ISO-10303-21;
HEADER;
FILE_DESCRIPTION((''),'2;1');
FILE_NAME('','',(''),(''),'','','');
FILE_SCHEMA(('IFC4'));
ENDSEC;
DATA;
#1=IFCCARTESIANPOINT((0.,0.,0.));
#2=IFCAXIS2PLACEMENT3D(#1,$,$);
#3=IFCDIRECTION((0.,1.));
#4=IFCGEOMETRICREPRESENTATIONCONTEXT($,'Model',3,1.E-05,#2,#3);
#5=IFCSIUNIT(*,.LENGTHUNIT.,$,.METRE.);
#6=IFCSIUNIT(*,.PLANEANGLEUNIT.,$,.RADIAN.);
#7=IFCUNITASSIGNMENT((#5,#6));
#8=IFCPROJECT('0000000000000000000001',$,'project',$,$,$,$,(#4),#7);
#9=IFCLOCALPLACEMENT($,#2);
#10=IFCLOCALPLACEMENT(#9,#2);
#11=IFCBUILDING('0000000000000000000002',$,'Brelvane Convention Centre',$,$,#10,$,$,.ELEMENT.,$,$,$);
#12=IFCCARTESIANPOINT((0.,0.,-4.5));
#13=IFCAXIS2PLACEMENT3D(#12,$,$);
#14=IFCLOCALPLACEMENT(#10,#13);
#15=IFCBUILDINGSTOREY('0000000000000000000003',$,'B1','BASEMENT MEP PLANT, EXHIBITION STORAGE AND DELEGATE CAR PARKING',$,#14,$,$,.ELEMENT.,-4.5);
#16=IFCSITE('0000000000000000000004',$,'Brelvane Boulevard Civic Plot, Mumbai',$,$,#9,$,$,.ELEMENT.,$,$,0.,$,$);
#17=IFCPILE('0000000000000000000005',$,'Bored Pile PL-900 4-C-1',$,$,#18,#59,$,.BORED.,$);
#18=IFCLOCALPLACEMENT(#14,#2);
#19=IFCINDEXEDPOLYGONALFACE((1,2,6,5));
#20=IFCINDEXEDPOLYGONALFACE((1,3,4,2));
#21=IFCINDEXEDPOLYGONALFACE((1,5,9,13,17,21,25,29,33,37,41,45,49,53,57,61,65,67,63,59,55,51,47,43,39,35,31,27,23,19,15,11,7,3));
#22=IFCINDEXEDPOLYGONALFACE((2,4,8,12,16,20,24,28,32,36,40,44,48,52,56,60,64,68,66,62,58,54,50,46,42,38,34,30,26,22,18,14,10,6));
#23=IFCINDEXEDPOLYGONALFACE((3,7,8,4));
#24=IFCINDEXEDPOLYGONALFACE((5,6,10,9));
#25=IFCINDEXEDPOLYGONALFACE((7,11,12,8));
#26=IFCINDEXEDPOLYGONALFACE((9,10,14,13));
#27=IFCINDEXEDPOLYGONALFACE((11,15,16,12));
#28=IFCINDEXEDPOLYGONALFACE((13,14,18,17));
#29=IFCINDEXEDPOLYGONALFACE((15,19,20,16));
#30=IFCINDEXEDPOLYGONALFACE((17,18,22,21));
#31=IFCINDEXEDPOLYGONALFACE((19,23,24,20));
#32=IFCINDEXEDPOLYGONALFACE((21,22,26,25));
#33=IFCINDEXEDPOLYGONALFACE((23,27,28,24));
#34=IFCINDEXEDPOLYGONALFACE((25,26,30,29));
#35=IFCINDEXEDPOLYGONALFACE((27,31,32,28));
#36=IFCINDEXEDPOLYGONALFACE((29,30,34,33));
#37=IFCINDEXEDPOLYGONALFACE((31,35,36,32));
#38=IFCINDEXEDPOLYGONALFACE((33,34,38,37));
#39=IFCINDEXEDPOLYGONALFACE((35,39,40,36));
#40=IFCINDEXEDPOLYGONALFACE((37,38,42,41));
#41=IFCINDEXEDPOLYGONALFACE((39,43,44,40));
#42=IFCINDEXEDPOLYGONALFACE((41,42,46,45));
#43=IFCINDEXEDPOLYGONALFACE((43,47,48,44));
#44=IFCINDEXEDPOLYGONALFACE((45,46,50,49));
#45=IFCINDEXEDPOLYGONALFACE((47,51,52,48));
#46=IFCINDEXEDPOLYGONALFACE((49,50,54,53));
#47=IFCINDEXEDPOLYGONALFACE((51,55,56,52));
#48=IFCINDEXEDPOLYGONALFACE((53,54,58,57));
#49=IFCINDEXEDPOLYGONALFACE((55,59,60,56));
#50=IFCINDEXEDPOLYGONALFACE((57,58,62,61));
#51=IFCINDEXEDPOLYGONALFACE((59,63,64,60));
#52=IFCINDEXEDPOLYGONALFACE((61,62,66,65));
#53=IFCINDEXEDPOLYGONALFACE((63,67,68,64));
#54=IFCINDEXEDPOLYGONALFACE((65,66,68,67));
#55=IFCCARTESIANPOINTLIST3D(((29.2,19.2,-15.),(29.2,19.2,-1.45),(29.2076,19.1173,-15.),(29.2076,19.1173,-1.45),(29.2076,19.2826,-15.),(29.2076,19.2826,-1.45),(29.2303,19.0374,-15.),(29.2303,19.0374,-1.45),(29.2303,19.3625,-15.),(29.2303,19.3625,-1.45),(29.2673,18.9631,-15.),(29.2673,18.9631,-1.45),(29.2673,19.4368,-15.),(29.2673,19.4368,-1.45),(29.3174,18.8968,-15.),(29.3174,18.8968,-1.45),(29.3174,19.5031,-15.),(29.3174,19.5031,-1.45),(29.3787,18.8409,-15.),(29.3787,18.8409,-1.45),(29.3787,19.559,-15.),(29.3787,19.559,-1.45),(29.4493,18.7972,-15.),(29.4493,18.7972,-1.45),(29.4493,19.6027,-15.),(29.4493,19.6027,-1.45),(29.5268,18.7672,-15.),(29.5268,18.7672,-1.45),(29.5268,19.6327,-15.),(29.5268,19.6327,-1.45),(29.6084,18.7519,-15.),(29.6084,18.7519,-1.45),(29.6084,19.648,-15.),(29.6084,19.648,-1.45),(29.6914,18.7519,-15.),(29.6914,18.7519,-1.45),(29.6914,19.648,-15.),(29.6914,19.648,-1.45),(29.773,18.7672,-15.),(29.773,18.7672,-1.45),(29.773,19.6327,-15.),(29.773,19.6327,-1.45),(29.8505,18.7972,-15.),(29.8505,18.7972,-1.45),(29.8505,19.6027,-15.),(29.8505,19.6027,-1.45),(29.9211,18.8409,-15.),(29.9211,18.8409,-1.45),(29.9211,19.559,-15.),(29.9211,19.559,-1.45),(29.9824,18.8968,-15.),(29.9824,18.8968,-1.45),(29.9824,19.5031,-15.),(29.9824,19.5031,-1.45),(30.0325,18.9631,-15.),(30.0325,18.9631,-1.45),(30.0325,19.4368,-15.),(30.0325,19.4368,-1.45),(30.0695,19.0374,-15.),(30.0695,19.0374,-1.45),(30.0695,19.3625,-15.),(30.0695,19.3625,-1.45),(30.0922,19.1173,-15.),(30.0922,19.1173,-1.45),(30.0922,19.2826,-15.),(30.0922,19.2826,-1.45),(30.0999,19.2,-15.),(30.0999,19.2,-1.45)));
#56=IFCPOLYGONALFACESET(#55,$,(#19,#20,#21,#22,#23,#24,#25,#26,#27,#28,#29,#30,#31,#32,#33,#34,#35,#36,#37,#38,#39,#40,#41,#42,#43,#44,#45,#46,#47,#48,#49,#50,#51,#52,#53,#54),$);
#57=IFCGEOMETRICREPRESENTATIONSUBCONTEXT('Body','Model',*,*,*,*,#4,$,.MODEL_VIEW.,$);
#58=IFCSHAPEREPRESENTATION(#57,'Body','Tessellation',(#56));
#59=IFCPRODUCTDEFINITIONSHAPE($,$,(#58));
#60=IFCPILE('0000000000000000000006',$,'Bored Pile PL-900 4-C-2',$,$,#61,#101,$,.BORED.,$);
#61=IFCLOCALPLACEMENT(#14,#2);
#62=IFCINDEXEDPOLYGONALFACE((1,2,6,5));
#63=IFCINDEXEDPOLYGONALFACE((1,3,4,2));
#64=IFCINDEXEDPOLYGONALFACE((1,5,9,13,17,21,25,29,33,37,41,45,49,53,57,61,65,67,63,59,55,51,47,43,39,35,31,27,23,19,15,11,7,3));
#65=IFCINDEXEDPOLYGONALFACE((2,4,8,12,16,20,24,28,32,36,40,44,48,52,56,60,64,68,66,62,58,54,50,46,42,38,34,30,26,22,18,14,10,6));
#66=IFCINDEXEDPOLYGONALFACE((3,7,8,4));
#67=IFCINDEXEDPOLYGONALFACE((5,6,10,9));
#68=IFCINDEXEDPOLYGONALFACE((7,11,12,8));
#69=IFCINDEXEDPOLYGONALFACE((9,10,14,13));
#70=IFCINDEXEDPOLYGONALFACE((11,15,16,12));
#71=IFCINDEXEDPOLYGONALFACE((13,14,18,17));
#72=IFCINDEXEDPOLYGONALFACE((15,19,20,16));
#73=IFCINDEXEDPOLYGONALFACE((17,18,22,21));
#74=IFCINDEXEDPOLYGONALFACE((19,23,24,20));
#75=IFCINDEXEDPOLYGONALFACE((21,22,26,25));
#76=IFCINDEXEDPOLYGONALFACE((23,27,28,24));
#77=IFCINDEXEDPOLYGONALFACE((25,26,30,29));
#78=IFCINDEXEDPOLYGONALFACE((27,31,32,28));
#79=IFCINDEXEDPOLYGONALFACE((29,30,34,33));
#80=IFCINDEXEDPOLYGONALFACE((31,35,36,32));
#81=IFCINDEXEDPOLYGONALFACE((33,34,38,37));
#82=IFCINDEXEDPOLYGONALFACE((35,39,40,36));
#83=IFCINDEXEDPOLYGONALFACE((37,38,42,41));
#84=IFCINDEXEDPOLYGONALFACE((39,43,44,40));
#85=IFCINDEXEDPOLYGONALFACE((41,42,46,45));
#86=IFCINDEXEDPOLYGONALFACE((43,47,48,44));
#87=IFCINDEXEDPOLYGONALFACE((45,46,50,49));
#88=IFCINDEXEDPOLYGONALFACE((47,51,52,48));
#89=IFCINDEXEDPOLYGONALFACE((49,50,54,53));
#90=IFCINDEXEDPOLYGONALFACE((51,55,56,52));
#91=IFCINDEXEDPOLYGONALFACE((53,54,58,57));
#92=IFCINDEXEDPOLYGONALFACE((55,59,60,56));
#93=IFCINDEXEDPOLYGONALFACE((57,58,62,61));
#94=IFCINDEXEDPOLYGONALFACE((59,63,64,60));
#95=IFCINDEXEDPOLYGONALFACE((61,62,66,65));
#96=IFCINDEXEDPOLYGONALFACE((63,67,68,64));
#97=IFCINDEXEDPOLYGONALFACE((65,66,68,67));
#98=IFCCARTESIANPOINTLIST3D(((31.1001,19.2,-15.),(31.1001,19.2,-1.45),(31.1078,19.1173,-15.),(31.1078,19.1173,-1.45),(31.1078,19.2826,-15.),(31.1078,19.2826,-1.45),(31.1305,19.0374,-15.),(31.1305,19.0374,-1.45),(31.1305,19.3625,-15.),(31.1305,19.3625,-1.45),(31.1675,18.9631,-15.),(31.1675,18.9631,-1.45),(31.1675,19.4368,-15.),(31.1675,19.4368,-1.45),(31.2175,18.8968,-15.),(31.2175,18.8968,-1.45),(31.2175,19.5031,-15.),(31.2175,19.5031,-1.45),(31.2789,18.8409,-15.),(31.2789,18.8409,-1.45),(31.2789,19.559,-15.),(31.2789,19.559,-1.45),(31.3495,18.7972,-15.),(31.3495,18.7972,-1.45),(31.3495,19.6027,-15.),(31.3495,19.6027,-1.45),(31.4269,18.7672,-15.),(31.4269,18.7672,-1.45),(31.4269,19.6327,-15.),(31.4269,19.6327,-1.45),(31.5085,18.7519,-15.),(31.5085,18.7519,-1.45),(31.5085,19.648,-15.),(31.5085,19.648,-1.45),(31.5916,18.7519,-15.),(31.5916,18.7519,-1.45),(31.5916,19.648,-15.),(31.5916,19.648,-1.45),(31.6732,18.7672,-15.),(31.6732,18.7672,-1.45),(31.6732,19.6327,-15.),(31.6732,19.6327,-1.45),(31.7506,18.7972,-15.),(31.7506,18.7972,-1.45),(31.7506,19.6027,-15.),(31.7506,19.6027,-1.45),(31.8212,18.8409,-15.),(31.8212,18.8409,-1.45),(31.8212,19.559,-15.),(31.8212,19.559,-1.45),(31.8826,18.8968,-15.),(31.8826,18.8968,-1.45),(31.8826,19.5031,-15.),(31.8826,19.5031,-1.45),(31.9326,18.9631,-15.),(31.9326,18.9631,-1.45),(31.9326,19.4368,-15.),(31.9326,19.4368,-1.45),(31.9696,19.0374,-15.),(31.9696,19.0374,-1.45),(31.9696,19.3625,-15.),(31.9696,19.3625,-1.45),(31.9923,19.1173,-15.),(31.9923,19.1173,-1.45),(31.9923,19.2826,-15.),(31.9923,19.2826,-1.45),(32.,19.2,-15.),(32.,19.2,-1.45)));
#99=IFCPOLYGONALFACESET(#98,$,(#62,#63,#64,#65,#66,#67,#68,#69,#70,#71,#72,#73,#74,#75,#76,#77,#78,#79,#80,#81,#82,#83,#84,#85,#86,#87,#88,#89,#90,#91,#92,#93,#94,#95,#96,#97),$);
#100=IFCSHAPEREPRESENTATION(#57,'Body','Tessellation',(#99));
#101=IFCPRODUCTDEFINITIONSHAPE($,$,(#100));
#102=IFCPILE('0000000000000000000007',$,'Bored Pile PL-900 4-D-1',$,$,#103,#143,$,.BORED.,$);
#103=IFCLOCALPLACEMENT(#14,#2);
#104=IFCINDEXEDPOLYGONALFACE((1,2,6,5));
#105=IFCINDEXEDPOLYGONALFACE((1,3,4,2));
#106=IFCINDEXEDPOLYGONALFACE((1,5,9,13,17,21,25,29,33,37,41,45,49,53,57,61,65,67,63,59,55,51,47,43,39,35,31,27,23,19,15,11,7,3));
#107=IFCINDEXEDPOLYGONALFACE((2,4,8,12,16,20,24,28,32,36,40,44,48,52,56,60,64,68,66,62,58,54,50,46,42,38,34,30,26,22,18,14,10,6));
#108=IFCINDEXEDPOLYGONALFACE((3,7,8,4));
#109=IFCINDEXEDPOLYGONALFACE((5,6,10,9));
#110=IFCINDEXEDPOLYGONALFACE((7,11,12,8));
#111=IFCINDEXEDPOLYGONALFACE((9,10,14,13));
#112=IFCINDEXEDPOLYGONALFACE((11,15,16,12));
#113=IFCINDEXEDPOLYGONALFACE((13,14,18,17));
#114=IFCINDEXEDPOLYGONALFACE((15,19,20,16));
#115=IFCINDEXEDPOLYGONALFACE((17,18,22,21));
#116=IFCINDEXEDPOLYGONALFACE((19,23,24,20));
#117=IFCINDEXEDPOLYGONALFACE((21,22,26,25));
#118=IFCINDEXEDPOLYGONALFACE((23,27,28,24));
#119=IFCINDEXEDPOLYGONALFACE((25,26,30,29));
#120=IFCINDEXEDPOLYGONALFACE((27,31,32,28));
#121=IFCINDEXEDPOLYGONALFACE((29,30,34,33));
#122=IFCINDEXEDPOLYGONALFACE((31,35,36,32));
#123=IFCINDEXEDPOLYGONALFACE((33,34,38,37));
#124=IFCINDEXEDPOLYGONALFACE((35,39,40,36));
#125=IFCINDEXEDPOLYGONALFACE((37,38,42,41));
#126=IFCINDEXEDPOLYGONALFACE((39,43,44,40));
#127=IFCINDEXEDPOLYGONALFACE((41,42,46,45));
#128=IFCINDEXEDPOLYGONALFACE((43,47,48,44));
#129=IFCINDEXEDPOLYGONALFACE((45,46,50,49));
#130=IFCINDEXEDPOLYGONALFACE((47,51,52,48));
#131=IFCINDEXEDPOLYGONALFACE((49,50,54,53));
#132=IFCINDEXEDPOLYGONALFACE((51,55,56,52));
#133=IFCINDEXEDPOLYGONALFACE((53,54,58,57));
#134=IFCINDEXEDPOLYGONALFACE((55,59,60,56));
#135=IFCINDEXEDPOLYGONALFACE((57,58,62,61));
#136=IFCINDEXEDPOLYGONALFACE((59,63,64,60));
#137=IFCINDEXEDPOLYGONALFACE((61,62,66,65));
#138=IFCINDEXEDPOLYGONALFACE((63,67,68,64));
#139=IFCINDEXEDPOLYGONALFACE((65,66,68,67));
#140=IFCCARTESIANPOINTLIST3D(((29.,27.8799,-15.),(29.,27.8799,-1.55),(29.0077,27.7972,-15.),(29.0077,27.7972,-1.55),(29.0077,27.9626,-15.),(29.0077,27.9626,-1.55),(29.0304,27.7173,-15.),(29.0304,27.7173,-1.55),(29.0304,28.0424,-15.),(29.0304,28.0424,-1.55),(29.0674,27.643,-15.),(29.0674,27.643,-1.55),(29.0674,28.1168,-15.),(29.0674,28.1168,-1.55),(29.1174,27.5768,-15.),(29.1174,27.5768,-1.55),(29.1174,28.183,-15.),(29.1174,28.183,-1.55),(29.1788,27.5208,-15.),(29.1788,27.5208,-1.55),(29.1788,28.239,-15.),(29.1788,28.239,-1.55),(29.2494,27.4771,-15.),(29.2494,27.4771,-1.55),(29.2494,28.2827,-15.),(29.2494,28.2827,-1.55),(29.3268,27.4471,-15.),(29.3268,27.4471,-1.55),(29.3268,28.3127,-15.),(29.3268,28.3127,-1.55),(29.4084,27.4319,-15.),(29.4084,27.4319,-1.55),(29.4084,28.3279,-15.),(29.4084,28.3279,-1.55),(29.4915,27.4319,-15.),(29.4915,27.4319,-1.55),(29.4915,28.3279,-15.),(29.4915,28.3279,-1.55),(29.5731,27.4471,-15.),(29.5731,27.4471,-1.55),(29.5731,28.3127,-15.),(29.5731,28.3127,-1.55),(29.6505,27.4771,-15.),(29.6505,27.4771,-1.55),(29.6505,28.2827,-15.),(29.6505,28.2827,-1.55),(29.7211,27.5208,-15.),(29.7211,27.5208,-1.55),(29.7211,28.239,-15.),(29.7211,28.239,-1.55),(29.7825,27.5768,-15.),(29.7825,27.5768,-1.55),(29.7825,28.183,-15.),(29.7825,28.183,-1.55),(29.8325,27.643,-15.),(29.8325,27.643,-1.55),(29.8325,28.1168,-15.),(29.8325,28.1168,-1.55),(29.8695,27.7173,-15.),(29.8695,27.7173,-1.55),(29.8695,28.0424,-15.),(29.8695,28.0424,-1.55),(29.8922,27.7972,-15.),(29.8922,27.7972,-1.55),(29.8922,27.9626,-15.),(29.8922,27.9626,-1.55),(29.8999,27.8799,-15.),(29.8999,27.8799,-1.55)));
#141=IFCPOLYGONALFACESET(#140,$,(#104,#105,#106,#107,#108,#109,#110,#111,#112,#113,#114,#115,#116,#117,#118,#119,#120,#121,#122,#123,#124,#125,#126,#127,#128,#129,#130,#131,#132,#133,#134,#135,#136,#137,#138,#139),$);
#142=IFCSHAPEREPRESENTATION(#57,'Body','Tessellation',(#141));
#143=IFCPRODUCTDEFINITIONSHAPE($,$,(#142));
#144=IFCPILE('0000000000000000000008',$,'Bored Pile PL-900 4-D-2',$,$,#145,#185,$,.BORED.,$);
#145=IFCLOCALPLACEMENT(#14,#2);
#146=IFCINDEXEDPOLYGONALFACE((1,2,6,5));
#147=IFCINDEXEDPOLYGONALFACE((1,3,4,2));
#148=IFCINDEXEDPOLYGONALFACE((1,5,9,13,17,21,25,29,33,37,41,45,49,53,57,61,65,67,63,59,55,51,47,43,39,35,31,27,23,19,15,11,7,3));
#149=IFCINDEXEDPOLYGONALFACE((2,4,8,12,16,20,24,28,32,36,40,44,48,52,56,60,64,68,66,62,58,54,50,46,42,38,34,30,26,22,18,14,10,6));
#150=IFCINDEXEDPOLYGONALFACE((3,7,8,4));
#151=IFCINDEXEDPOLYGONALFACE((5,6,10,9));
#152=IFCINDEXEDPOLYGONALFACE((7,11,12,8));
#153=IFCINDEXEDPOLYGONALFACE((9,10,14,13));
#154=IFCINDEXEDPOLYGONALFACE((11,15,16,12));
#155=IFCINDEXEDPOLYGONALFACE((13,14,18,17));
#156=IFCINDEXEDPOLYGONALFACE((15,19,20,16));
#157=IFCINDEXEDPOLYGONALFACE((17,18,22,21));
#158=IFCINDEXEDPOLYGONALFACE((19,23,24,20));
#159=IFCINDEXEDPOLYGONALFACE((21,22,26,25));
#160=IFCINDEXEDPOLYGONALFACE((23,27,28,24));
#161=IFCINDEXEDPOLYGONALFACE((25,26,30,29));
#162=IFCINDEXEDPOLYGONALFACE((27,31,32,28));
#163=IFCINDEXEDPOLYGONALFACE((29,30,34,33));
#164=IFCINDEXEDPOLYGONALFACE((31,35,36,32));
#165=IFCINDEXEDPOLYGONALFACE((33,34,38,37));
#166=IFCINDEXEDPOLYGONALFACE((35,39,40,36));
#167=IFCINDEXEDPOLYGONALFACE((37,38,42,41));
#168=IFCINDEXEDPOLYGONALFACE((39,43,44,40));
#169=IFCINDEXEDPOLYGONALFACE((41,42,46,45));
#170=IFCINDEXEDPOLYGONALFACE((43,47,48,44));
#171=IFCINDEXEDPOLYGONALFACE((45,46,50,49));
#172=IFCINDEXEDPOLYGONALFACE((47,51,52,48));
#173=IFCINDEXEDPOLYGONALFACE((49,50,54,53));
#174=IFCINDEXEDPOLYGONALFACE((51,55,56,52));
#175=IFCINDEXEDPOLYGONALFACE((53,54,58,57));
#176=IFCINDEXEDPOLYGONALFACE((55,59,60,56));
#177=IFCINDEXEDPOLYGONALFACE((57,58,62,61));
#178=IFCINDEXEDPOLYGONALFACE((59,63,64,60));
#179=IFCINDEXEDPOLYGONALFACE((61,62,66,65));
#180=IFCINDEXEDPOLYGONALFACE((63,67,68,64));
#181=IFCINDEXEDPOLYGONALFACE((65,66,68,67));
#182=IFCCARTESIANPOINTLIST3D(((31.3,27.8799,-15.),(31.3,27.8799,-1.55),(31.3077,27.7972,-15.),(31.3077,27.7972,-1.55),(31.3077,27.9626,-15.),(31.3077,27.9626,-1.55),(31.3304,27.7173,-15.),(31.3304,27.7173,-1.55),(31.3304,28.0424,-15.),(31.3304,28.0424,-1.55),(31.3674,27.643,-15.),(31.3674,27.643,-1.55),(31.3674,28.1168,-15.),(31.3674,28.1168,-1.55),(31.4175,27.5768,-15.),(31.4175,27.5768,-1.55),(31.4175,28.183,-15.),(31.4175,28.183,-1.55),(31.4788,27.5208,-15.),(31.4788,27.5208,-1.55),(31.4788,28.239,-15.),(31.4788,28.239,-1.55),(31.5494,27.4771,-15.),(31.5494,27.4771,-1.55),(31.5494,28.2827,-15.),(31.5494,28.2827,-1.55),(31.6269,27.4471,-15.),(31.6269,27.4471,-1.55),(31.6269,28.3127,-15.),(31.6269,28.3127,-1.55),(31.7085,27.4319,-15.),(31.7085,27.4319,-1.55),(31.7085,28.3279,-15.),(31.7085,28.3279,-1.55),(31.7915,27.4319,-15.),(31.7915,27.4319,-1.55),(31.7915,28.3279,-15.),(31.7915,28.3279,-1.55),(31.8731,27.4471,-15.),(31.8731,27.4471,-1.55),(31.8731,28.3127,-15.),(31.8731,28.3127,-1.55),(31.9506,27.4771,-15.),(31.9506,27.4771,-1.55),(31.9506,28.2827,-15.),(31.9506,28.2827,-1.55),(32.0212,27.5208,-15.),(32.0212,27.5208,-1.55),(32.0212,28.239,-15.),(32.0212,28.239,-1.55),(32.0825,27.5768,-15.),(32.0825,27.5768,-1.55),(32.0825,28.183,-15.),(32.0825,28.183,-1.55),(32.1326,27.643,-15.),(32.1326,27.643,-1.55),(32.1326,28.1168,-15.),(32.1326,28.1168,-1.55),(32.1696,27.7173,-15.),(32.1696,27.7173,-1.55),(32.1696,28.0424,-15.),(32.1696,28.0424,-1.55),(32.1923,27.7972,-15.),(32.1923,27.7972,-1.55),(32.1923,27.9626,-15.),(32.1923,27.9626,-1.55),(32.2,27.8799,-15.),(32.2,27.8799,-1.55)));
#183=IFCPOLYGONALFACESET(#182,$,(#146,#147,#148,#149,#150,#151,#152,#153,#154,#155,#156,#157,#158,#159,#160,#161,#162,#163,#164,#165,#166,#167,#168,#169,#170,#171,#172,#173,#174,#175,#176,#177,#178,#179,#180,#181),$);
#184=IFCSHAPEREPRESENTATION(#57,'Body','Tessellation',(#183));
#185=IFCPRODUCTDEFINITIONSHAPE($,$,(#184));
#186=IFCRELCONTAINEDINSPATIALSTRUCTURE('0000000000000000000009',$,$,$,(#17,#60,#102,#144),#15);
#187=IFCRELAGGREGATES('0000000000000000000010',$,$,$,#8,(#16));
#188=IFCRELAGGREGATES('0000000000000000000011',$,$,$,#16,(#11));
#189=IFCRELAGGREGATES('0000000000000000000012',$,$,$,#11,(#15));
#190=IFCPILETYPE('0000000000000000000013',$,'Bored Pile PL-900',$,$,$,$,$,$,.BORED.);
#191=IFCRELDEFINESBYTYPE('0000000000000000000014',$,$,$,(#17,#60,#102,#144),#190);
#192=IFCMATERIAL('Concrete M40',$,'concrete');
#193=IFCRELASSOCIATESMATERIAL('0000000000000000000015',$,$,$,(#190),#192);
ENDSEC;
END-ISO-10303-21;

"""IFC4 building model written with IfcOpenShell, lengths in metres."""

from ifc_helpers import new_model, si_unit, direction, frame, origin, origin_2d, place, context, subcontext, project, spatial, circle, extrude, material, material_profile, profile_set, type_object, element, save


model = new_model("IFC4")

# Units and contexts
model_context = context("Model", 3, precision=1e-05, world=origin(), true_north=direction((0.0, 1.0)))
body_context = subcontext(model_context, "Body", "Model", "MODEL_VIEW")
ifc_project = project(units=[si_unit("LENGTHUNIT", "METRE"), si_unit("PLANEANGLEUNIT", "RADIAN")], contexts=[model_context])

# Site, building, storey
site_placement = place(None, origin())
site = spatial("IfcSite", under=ifc_project, at=site_placement, Name="Brelvane Boulevard Civic Plot, Mumbai", CompositionType="ELEMENT", RefElevation=0.0)
building_placement = place(site_placement, origin())
building = spatial("IfcBuilding", under=site, at=building_placement, Name="Brelvane Convention Centre", CompositionType="ELEMENT")
storey_placement = place(building_placement, frame((0.0, 0.0, -4.5)))
storey = spatial("IfcBuildingStorey", under=building, at=storey_placement, Name="B1", Description="BASEMENT MEP PLANT, EXHIBITION STORAGE AND DELEGATE CAR PARKING", CompositionType="ELEMENT", Elevation=-4.5)

# Piles
ifc_material_1 = material(Name="Concrete M40", Category="concrete")
ifc_material_profile_1 = material_profile(ifc_material_1, circle(Radius=0.45, at=origin_2d()), Name="PILE D900")
ifc_profile_set_1 = profile_set([ifc_material_profile_1], Name="Concrete M40")
pile_type = type_object("IfcPileType", Name="Bored Pile PL-900", PredefinedType="BORED", material=ifc_profile_set_1)
for number, where, z_axis, x_axis, name in (
    (1, (29.6499, 19.2, -1.45), (0.0, 0.0, -1.0), (1.0, 0.0, 0.0), "Bored Pile PL-900 4-C-1"),
    (2, (31.55, 19.2, -1.45), (0.0, 0.0, -1.0), (1.0, 0.0, 0.0), "Bored Pile PL-900 4-C-2"),
):
    element("IfcPile", number, at=place(storey_placement, frame(where, z_axis=z_axis, x_axis=x_axis)), inside=storey, type_object=pile_type, Name=name, PredefinedType="BORED", context=body_context, shape_type="SweptSolid", body=[
        extrude(circle(Radius=0.45, at=origin_2d()), origin(), (0.0, 0.0, 1.0), 13.55),
    ])
for number, where, z_axis, x_axis, name in (
    (3, (29.45, 27.8799, -1.55), (0.0, 0.0, -1.0), (1.0, 0.0, 0.0), "Bored Pile PL-900 4-D-1"),
    (4, (31.75, 27.8799, -1.55), (0.0, 0.0, -1.0), (1.0, 0.0, 0.0), "Bored Pile PL-900 4-D-2"),
):
    element("IfcPile", number, at=place(storey_placement, frame(where, z_axis=z_axis, x_axis=x_axis)), inside=storey, type_object=pile_type, Name=name, PredefinedType="BORED", context=body_context, shape_type="SweptSolid", body=[
        extrude(circle(Radius=0.45, at=origin_2d()), origin(), (0.0, 0.0, 1.0), 13.45),
    ])

save(model, "model.ifc")
